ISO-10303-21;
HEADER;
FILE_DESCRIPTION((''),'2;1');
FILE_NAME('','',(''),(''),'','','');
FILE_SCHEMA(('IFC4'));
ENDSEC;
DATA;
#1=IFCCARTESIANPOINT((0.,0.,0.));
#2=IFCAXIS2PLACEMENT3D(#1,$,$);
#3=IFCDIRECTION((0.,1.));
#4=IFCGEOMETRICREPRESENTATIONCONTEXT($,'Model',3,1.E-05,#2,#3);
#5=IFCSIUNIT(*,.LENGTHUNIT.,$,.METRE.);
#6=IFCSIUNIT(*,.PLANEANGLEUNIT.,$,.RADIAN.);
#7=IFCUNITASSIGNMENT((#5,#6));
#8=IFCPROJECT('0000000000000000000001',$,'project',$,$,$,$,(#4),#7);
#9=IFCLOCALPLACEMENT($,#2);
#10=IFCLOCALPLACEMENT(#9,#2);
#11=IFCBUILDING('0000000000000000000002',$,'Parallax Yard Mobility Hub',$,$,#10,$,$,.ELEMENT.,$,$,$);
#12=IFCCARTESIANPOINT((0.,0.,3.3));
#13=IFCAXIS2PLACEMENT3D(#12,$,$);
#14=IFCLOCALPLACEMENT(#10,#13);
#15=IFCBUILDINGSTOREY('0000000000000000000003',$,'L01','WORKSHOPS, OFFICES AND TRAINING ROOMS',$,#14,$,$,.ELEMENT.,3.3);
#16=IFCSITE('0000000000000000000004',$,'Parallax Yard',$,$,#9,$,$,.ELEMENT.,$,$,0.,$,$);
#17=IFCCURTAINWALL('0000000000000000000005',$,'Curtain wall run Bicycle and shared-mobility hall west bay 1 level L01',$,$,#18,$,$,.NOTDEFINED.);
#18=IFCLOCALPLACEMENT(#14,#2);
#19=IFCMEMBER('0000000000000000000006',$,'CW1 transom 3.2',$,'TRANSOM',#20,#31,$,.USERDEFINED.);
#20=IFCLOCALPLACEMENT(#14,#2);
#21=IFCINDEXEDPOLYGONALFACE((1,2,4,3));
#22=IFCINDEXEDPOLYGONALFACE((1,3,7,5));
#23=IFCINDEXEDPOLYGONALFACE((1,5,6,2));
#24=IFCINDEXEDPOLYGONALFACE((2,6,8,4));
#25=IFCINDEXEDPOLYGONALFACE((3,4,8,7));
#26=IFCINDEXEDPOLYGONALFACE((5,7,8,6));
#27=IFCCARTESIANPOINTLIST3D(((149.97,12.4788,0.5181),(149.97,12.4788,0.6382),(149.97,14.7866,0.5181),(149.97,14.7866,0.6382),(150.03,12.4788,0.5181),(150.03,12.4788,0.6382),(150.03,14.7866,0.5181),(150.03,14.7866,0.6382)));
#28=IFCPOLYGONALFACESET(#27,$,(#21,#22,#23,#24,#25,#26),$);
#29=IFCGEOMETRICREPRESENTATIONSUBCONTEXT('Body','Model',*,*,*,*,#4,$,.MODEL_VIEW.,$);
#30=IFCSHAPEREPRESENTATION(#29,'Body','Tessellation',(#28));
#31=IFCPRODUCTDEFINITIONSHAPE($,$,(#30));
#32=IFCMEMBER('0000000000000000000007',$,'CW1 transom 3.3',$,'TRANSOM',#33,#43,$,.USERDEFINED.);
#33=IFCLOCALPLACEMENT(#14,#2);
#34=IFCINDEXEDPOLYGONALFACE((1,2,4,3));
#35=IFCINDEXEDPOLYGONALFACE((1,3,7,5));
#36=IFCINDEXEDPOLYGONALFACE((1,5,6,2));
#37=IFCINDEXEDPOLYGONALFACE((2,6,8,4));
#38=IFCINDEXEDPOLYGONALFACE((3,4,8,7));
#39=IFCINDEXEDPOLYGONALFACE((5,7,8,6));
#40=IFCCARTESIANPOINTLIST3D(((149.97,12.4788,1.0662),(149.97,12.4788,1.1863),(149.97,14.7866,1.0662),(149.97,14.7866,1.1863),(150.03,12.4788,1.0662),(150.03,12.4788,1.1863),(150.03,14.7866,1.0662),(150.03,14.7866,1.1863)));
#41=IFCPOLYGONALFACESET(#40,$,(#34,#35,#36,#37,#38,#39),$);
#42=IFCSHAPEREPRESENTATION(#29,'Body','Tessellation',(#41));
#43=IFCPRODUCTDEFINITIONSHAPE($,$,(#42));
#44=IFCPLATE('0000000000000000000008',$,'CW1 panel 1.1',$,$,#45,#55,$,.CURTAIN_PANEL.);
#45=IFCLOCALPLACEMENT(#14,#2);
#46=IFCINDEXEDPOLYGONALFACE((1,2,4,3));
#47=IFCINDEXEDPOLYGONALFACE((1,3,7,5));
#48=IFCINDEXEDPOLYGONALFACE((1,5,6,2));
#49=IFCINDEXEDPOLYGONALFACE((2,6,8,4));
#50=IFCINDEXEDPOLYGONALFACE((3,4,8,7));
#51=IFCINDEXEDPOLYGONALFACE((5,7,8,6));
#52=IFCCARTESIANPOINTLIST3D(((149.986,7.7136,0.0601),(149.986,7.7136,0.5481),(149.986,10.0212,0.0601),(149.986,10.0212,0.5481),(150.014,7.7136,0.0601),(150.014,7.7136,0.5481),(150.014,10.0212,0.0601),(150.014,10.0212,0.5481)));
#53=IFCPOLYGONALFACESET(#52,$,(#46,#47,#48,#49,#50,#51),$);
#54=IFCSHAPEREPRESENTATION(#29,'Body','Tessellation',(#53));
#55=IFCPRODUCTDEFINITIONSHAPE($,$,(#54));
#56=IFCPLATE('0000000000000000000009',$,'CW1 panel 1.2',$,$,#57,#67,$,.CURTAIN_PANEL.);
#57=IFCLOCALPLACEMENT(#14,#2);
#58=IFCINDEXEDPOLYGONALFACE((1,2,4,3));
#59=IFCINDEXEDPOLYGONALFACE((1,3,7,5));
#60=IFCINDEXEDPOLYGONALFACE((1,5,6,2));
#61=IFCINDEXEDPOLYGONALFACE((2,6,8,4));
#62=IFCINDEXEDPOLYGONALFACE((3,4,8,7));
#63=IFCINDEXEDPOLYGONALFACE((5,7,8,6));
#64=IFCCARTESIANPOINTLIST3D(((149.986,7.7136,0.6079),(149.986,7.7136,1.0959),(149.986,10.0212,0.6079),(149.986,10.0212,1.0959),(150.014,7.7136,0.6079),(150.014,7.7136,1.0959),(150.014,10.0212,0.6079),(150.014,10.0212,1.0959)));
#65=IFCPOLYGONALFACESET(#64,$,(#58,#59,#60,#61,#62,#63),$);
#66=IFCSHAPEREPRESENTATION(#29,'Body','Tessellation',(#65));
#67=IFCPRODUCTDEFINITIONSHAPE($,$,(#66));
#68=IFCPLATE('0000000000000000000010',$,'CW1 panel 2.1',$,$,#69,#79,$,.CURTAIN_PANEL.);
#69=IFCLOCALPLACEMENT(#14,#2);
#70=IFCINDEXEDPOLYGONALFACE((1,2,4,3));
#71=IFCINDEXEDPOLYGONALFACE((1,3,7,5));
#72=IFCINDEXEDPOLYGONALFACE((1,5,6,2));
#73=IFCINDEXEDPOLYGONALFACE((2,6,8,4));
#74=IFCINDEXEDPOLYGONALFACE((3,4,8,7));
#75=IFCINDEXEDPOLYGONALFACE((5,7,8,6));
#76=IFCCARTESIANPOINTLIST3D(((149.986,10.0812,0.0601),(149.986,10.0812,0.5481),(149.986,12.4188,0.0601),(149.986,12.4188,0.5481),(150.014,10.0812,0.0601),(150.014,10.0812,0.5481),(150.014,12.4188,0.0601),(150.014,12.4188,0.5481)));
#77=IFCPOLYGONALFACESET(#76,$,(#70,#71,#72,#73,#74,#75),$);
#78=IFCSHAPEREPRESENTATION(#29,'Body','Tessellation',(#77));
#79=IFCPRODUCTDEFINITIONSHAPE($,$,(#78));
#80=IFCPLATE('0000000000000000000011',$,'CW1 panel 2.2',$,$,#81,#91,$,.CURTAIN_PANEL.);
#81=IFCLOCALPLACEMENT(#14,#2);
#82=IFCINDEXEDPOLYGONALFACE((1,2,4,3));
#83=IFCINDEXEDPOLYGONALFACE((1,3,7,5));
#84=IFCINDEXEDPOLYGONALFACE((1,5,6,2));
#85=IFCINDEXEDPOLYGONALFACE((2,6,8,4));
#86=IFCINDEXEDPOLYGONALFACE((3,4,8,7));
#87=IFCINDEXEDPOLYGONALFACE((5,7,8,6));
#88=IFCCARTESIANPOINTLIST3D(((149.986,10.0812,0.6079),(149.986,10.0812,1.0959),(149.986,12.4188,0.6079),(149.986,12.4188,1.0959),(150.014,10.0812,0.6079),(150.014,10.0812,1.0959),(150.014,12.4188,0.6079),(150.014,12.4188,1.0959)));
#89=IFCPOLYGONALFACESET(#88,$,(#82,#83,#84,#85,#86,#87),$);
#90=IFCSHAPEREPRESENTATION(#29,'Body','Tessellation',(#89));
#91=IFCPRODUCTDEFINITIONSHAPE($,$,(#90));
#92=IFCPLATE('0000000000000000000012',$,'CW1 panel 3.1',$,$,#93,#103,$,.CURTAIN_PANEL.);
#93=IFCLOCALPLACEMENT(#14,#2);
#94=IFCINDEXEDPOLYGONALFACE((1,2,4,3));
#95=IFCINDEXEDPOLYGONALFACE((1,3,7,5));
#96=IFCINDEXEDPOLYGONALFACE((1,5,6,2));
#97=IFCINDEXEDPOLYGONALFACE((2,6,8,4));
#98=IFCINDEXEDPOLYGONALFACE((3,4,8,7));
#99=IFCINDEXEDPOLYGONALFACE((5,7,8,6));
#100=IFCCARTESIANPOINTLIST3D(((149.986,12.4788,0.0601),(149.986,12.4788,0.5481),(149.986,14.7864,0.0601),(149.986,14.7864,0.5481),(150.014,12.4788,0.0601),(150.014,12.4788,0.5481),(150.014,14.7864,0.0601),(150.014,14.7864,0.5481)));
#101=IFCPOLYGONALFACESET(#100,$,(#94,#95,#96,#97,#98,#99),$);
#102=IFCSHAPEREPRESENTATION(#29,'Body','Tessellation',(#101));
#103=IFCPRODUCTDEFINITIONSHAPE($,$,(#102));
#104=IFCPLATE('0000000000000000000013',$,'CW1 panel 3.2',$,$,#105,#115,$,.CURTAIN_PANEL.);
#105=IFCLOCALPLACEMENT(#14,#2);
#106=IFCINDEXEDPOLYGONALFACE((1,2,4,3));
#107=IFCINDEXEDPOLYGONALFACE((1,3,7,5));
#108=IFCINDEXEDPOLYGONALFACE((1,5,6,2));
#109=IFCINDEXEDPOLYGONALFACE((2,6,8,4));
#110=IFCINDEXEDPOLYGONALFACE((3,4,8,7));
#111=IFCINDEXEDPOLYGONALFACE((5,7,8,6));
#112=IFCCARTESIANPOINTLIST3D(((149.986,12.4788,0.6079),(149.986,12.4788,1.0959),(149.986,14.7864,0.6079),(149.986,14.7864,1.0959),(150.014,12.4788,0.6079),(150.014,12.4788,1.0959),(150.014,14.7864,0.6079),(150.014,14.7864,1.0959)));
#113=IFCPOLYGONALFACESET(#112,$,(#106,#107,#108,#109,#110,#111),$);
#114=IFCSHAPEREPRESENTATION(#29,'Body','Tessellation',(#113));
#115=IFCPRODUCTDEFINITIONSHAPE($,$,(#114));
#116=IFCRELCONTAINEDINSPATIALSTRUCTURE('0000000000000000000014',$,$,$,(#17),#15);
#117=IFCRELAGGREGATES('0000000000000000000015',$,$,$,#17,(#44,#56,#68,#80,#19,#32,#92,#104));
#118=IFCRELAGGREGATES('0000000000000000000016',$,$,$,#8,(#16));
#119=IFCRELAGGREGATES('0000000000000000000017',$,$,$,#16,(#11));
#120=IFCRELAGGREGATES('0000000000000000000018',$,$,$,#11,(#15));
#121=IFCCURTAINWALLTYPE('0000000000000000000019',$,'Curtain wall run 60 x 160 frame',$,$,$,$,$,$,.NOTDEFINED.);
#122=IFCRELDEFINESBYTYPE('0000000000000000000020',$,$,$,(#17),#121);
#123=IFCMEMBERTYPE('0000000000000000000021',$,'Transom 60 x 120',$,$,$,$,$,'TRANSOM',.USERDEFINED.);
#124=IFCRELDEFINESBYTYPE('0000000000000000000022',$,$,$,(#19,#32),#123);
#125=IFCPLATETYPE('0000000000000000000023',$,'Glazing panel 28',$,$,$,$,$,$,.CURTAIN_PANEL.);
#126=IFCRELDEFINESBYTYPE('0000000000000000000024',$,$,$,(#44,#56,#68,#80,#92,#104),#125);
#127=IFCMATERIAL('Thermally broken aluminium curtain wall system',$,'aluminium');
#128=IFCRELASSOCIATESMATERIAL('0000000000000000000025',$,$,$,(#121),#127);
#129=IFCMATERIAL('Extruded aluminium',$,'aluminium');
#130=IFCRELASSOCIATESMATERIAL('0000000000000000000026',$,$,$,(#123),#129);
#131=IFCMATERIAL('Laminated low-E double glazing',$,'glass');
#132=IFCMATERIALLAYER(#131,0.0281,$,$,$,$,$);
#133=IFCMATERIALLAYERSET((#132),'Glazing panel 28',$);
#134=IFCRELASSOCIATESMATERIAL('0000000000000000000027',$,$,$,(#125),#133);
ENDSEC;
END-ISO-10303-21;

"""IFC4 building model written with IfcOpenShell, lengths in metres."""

from ifc_helpers import new_model, si_unit, direction, frame, origin, origin_2d, place, context, subcontext, project, spatial, rectangle, extrude, material, layer, layer_set, material_profile, profile_set, type_object, element, aggregate, save


model = new_model("IFC4")

# Units and contexts
model_context = context("Model", 3, precision=1e-05, world=origin(), true_north=direction((0.0, 1.0)))
body_context = subcontext(model_context, "Body", "Model", "MODEL_VIEW")
ifc_project = project(units=[si_unit("LENGTHUNIT", "METRE"), si_unit("PLANEANGLEUNIT", "RADIAN")], contexts=[model_context])

# Site, building, storey
site_placement = place(None, origin())
site = spatial("IfcSite", under=ifc_project, at=site_placement, Name="Parallax Yard", CompositionType="ELEMENT", RefElevation=0.0)
building_placement = place(site_placement, origin())
building = spatial("IfcBuilding", under=site, at=building_placement, Name="Parallax Yard Mobility Hub", CompositionType="ELEMENT")
storey_placement = place(building_placement, frame((0.0, 0.0, 3.3)))
storey = spatial("IfcBuildingStorey", under=building, at=storey_placement, Name="L01", Description="WORKSHOPS, OFFICES AND TRAINING ROOMS", CompositionType="ELEMENT", Elevation=3.3)

# Curtain wall, members, plates
ifc_material_1 = material(Name="Thermally broken aluminium curtain wall system", Category="aluminium")
curtain_wall_type = type_object("IfcCurtainWallType", Name="Curtain wall run 60 x 160 frame", PredefinedType="NOTDEFINED", material=ifc_material_1)
curtain_wall_placement = place(storey_placement, origin())
curtain_wall = element("IfcCurtainWall", 1, at=curtain_wall_placement, inside=storey, type_object=curtain_wall_type, Name="Curtain wall run Bicycle and shared-mobility hall west bay 1 level L01", PredefinedType="NOTDEFINED")
ifc_material_2 = material(Name="Extruded aluminium", Category="aluminium")
ifc_material_profile_1 = material_profile(ifc_material_2, rectangle(XDim=0.0601, YDim=0.1201, at=origin_2d()), Name="Transom 60 x 120")
ifc_profile_set_1 = profile_set([ifc_material_profile_1], Name="Extruded aluminium")
member_type_1 = type_object("IfcMemberType", Name="Transom 60 x 120", ElementType="TRANSOM", PredefinedType="USERDEFINED", material=ifc_profile_set_1)
member_1_placement = place(storey_placement, frame((150.0, 12.4788, 0.5781), z_axis=(0.0, 1.0, 0.0), x_axis=(-1.0, 0.0, 0.0)))
member_1 = element("IfcMember", 2, at=member_1_placement, type_object=member_type_1, Name="CW1 transom 3.2", ObjectType="TRANSOM", PredefinedType="USERDEFINED", context=body_context, shape_type="SweptSolid", body=[
    extrude(rectangle(XDim=0.0601, YDim=0.1201, at=origin_2d()), origin(), (0.0, 0.0, 1.0), 2.3079),
])
member_2_placement = place(storey_placement, frame((150.0, 12.4788, 1.1262), z_axis=(0.0, 1.0, 0.0), x_axis=(-1.0, 0.0, 0.0)))
member_2 = element("IfcMember", 3, at=member_2_placement, type_object=member_type_1, Name="CW1 transom 3.3", ObjectType="TRANSOM", PredefinedType="USERDEFINED", context=body_context, shape_type="SweptSolid", body=[
    extrude(rectangle(XDim=0.0601, YDim=0.1201, at=origin_2d()), origin(), (0.0, 0.0, 1.0), 2.3079),
])
ifc_material_3 = material(Name="Laminated low-E double glazing", Category="glass")
ifc_layer = layer(ifc_material_3, 0.0281)
ifc_layer_set = layer_set([ifc_layer], Name="Glazing panel 28")
plate_type = type_object("IfcPlateType", Name="Glazing panel 28", PredefinedType="CURTAIN_PANEL", material=ifc_layer_set)
plate_1_placement = place(storey_placement, frame((150.0, 8.8674, 0.0601), z_axis=(0.0, 0.0, 1.0), x_axis=(0.0, 1.0, 0.0)))
plate_1 = element("IfcPlate", 4, at=plate_1_placement, type_object=plate_type, Name="CW1 panel 1.1", PredefinedType="CURTAIN_PANEL", context=body_context, shape_type="SweptSolid", body=[
    extrude(rectangle(XDim=2.3076, YDim=0.0281, at=origin_2d()), origin(), (0.0, 0.0, 1.0), 0.488),
])
plate_2_placement = place(storey_placement, frame((150.0, 8.8674, 0.6079), z_axis=(0.0, 0.0, 1.0), x_axis=(0.0, 1.0, 0.0)))
plate_2 = element("IfcPlate", 5, at=plate_2_placement, type_object=plate_type, Name="CW1 panel 1.2", PredefinedType="CURTAIN_PANEL", context=body_context, shape_type="SweptSolid", body=[
    extrude(rectangle(XDim=2.3076, YDim=0.0281, at=origin_2d()), origin(), (0.0, 0.0, 1.0), 0.488),
])
plate_3_placement = place(storey_placement, frame((150.0, 11.25, 0.0601), z_axis=(0.0, 0.0, 1.0), x_axis=(0.0, 1.0, 0.0)))
plate_3 = element("IfcPlate", 6, at=plate_3_placement, type_object=plate_type, Name="CW1 panel 2.1", PredefinedType="CURTAIN_PANEL", context=body_context, shape_type="SweptSolid", body=[
    extrude(rectangle(XDim=2.3376, YDim=0.0281, at=origin_2d()), origin(), (0.0, 0.0, 1.0), 0.488),
])
plate_4_placement = place(storey_placement, frame((150.0, 11.25, 0.6079), z_axis=(0.0, 0.0, 1.0), x_axis=(0.0, 1.0, 0.0)))
plate_4 = element("IfcPlate", 7, at=plate_4_placement, type_object=plate_type, Name="CW1 panel 2.2", PredefinedType="CURTAIN_PANEL", context=body_context, shape_type="SweptSolid", body=[
    extrude(rectangle(XDim=2.3376, YDim=0.0281, at=origin_2d()), origin(), (0.0, 0.0, 1.0), 0.488),
])
plate_5_placement = place(storey_placement, frame((150.0, 13.6326, 0.0601), z_axis=(0.0, 0.0, 1.0), x_axis=(0.0, 1.0, 0.0)))
plate_5 = element("IfcPlate", 8, at=plate_5_placement, type_object=plate_type, Name="CW1 panel 3.1", PredefinedType="CURTAIN_PANEL", context=body_context, shape_type="SweptSolid", body=[
    extrude(rectangle(XDim=2.3076, YDim=0.0281, at=origin_2d()), origin(), (0.0, 0.0, 1.0), 0.488),
])
plate_6_placement = place(storey_placement, frame((150.0, 13.6326, 0.6079), z_axis=(0.0, 0.0, 1.0), x_axis=(0.0, 1.0, 0.0)))
plate_6 = element("IfcPlate", 9, at=plate_6_placement, type_object=plate_type, Name="CW1 panel 3.2", PredefinedType="CURTAIN_PANEL", context=body_context, shape_type="SweptSolid", body=[
    extrude(rectangle(XDim=2.3076, YDim=0.0281, at=origin_2d()), origin(), (0.0, 0.0, 1.0), 0.488),
])
aggregate(curtain_wall, [plate_1, plate_2, plate_3, plate_4, member_1, member_2, plate_5, plate_6])

save(model, "model.ifc")
